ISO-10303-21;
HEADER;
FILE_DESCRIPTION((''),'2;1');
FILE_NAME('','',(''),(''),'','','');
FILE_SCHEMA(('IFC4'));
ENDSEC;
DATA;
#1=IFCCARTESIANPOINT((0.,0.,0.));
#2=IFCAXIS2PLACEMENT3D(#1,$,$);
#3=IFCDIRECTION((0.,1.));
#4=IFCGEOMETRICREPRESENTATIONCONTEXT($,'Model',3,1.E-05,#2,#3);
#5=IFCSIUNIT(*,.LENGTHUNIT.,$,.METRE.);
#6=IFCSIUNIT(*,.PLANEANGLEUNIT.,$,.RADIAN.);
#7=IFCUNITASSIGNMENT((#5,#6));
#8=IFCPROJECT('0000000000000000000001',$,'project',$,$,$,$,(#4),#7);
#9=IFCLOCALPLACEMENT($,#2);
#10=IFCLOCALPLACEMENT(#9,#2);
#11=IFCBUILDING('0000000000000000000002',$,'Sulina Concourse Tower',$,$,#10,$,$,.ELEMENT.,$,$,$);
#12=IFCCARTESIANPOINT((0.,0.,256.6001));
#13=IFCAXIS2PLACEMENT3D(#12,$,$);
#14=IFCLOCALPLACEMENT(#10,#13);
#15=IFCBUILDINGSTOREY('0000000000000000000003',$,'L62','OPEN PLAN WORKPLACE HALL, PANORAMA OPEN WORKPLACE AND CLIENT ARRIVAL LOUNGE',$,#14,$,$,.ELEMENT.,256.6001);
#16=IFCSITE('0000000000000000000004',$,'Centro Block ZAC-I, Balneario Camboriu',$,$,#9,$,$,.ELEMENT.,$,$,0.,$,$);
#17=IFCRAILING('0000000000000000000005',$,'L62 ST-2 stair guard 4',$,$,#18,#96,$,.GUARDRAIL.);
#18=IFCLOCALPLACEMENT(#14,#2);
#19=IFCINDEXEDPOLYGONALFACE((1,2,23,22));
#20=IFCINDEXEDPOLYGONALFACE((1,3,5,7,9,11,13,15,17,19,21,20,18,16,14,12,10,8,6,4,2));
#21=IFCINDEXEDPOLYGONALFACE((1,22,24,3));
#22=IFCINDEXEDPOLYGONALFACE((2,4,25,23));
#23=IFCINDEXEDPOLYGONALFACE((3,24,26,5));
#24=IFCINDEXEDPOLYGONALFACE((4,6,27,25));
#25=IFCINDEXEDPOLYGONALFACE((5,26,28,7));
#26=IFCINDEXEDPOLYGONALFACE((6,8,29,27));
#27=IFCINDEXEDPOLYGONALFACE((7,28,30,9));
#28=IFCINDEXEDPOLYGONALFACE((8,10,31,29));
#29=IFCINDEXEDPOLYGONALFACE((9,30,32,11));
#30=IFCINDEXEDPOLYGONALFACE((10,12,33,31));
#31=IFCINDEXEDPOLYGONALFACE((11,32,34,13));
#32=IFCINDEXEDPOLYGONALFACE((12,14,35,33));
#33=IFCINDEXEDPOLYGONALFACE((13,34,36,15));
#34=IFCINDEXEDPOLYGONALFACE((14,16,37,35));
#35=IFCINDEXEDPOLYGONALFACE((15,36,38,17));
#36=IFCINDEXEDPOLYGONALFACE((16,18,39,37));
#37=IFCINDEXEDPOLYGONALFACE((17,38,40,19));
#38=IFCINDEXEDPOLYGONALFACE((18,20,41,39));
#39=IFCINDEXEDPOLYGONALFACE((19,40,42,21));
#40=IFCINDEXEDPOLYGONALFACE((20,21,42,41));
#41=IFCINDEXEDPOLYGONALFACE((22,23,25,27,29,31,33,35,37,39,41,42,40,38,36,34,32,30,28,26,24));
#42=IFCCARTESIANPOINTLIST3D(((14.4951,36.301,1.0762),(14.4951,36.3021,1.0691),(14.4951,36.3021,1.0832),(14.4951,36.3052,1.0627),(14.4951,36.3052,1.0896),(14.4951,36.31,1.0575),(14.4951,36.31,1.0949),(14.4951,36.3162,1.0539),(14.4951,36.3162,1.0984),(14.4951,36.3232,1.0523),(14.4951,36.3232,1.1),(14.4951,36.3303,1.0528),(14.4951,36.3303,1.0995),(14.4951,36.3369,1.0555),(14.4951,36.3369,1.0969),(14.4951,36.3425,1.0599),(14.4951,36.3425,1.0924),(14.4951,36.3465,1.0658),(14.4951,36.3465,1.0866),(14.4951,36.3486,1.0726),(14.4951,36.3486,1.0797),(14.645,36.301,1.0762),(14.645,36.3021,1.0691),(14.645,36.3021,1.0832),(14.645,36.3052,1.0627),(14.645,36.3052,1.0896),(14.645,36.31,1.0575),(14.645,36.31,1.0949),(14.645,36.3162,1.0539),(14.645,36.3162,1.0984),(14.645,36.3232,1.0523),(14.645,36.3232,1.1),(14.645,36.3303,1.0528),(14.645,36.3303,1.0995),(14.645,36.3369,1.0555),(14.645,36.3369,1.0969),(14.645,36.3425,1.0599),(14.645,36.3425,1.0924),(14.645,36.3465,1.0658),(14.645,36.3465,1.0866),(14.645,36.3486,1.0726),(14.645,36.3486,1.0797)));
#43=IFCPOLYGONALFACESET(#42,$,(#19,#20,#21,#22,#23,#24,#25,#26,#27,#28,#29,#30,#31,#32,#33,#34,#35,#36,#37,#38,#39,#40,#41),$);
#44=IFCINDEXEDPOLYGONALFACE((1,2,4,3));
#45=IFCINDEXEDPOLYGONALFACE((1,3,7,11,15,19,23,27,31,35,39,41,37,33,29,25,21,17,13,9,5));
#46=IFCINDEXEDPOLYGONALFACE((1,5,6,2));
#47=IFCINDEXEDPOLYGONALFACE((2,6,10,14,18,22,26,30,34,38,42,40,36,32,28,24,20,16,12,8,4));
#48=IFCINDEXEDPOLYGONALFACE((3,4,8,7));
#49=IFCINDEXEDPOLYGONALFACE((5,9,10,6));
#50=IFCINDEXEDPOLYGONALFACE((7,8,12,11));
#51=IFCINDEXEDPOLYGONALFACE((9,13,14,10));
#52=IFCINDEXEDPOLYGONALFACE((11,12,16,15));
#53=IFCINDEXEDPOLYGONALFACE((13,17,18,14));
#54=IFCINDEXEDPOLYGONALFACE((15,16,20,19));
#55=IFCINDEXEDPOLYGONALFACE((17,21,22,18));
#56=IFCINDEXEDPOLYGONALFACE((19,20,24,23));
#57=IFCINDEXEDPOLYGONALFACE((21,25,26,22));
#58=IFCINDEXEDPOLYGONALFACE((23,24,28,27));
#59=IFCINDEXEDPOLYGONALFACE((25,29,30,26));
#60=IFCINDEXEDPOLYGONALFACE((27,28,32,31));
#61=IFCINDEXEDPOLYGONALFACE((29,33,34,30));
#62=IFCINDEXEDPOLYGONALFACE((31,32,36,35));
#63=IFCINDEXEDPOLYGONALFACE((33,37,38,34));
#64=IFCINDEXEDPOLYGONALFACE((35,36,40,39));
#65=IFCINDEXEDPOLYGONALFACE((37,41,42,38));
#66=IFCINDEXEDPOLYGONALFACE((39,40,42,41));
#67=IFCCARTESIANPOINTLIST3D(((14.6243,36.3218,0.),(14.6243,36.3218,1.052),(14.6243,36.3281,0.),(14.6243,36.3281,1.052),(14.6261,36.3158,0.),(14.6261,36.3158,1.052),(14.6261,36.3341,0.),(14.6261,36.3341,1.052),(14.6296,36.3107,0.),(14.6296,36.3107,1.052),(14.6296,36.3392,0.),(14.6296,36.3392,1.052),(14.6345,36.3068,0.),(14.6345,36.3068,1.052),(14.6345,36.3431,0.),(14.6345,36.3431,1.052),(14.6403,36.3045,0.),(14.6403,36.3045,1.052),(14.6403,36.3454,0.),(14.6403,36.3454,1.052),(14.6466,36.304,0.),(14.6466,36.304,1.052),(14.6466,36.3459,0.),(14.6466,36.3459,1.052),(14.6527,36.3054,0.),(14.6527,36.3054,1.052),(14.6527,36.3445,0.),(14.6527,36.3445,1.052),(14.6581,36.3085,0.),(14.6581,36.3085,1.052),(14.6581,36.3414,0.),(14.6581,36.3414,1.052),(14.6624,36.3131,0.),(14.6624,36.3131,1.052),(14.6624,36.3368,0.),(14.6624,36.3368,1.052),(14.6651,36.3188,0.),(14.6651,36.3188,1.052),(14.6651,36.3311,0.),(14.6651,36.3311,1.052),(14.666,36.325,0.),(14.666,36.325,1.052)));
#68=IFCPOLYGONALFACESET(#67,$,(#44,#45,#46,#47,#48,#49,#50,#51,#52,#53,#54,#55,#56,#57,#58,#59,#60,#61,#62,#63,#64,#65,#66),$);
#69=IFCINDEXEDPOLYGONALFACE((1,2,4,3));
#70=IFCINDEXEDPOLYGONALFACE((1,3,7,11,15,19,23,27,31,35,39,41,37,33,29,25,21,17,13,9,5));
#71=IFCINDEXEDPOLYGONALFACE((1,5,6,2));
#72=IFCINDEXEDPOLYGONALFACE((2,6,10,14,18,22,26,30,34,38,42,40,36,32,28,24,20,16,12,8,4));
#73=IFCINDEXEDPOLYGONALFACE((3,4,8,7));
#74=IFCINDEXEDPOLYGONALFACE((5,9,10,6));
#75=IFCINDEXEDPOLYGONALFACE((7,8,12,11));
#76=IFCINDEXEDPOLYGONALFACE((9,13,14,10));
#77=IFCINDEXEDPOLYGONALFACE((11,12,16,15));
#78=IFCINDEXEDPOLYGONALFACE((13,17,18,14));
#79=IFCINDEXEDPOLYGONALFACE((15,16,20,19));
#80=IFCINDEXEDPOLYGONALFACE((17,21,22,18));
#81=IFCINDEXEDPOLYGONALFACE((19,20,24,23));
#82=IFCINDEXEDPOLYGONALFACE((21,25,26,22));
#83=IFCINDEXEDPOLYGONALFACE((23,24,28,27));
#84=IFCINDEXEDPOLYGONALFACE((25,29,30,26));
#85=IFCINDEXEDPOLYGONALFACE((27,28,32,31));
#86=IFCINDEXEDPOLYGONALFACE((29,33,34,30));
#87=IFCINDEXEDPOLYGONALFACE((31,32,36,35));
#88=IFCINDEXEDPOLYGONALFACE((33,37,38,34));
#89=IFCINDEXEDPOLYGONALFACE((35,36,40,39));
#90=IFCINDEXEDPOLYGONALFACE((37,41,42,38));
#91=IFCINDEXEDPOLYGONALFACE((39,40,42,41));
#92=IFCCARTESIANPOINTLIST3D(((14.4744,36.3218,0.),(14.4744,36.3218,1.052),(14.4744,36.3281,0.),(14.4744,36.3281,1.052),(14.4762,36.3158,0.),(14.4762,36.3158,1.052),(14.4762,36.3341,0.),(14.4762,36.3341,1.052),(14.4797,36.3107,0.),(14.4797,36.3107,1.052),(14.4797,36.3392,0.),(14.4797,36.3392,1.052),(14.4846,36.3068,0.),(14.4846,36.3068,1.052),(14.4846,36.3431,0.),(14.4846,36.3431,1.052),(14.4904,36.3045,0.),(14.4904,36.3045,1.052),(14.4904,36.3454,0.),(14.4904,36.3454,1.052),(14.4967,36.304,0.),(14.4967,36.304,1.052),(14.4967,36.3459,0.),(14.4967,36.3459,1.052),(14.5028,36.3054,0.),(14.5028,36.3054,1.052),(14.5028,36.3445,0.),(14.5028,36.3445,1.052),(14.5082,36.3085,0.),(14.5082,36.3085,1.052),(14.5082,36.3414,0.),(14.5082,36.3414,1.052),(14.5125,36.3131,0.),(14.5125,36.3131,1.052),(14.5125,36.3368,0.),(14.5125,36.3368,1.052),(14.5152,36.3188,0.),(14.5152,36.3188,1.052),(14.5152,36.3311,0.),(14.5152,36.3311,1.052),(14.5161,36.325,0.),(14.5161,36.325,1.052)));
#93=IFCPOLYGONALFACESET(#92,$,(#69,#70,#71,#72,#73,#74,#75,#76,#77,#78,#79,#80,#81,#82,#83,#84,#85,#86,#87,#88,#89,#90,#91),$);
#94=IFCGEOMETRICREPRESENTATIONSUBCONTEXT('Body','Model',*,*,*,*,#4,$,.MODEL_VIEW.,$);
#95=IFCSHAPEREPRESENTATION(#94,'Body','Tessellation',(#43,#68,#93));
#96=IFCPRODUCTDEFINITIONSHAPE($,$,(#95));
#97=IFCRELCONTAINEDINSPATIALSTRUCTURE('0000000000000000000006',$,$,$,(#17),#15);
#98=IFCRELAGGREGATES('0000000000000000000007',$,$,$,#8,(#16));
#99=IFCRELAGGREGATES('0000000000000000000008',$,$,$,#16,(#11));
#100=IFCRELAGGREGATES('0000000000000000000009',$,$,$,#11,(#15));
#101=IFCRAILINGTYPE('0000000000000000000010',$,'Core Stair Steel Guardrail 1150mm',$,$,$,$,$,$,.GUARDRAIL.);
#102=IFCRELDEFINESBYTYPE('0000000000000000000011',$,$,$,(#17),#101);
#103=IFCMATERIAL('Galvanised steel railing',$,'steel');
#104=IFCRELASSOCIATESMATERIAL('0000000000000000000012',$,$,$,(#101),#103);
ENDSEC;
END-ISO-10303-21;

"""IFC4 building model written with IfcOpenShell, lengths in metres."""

from ifc_helpers import new_model, si_unit, direction, frame, origin, origin_2d, place, context, subcontext, project, spatial, circle, extrude, material, type_object, element, save


model = new_model("IFC4")

# Units and contexts
model_context = context("Model", 3, precision=1e-05, world=origin(), true_north=direction((0.0, 1.0)))
body_context = subcontext(model_context, "Body", "Model", "MODEL_VIEW")
ifc_project = project(units=[si_unit("LENGTHUNIT", "METRE"), si_unit("PLANEANGLEUNIT", "RADIAN")], contexts=[model_context])

# Site, building, storey
site_placement = place(None, origin())
site = spatial("IfcSite", under=ifc_project, at=site_placement, Name="Centro Block ZAC-I, Balneario Camboriu", CompositionType="ELEMENT", RefElevation=0.0)
building_placement = place(site_placement, origin())
building = spatial("IfcBuilding", under=site, at=building_placement, Name="Sulina Concourse Tower", CompositionType="ELEMENT")
storey_placement = place(building_placement, frame((0.0, 0.0, 256.6001)))
storey = spatial("IfcBuildingStorey", under=building, at=storey_placement, Name="L62", Description="OPEN PLAN WORKPLACE HALL, PANORAMA OPEN WORKPLACE AND CLIENT ARRIVAL LOUNGE", CompositionType="ELEMENT", Elevation=256.6001)

# Railing
ifc_material_1 = material(Name="Galvanised steel railing", Category="steel")
railing_type_1 = type_object("IfcRailingType", Name="Core Stair Steel Guardrail 1150mm", PredefinedType="GUARDRAIL", material=ifc_material_1)
railing_1_placement = place(storey_placement, frame((14.645, 36.325, 0.0)))
element("IfcRailing", 1, at=railing_1_placement, inside=storey, type_object=railing_type_1, Name="L62 ST-2 stair guard 4", PredefinedType="GUARDRAIL", context=body_context, shape_type="SweptSolid", body=[
    extrude(circle(Radius=0.0239, at=origin_2d()), frame((0.0, 0.0, 1.0762), z_axis=(-1.0, 0.0, 0.0), x_axis=(0.0, -1.0, 0.0)), (0.0, 0.0, 1.0), 0.1499),
    extrude(circle(Radius=0.021, at=origin_2d()), origin(), (0.0, 0.0, 1.0), 1.052),
    extrude(circle(Radius=0.021, at=origin_2d()), frame((-0.1499, 0.0, 0.0)), (0.0, 0.0, 1.0), 1.052),
])

save(model, "model.ifc")
